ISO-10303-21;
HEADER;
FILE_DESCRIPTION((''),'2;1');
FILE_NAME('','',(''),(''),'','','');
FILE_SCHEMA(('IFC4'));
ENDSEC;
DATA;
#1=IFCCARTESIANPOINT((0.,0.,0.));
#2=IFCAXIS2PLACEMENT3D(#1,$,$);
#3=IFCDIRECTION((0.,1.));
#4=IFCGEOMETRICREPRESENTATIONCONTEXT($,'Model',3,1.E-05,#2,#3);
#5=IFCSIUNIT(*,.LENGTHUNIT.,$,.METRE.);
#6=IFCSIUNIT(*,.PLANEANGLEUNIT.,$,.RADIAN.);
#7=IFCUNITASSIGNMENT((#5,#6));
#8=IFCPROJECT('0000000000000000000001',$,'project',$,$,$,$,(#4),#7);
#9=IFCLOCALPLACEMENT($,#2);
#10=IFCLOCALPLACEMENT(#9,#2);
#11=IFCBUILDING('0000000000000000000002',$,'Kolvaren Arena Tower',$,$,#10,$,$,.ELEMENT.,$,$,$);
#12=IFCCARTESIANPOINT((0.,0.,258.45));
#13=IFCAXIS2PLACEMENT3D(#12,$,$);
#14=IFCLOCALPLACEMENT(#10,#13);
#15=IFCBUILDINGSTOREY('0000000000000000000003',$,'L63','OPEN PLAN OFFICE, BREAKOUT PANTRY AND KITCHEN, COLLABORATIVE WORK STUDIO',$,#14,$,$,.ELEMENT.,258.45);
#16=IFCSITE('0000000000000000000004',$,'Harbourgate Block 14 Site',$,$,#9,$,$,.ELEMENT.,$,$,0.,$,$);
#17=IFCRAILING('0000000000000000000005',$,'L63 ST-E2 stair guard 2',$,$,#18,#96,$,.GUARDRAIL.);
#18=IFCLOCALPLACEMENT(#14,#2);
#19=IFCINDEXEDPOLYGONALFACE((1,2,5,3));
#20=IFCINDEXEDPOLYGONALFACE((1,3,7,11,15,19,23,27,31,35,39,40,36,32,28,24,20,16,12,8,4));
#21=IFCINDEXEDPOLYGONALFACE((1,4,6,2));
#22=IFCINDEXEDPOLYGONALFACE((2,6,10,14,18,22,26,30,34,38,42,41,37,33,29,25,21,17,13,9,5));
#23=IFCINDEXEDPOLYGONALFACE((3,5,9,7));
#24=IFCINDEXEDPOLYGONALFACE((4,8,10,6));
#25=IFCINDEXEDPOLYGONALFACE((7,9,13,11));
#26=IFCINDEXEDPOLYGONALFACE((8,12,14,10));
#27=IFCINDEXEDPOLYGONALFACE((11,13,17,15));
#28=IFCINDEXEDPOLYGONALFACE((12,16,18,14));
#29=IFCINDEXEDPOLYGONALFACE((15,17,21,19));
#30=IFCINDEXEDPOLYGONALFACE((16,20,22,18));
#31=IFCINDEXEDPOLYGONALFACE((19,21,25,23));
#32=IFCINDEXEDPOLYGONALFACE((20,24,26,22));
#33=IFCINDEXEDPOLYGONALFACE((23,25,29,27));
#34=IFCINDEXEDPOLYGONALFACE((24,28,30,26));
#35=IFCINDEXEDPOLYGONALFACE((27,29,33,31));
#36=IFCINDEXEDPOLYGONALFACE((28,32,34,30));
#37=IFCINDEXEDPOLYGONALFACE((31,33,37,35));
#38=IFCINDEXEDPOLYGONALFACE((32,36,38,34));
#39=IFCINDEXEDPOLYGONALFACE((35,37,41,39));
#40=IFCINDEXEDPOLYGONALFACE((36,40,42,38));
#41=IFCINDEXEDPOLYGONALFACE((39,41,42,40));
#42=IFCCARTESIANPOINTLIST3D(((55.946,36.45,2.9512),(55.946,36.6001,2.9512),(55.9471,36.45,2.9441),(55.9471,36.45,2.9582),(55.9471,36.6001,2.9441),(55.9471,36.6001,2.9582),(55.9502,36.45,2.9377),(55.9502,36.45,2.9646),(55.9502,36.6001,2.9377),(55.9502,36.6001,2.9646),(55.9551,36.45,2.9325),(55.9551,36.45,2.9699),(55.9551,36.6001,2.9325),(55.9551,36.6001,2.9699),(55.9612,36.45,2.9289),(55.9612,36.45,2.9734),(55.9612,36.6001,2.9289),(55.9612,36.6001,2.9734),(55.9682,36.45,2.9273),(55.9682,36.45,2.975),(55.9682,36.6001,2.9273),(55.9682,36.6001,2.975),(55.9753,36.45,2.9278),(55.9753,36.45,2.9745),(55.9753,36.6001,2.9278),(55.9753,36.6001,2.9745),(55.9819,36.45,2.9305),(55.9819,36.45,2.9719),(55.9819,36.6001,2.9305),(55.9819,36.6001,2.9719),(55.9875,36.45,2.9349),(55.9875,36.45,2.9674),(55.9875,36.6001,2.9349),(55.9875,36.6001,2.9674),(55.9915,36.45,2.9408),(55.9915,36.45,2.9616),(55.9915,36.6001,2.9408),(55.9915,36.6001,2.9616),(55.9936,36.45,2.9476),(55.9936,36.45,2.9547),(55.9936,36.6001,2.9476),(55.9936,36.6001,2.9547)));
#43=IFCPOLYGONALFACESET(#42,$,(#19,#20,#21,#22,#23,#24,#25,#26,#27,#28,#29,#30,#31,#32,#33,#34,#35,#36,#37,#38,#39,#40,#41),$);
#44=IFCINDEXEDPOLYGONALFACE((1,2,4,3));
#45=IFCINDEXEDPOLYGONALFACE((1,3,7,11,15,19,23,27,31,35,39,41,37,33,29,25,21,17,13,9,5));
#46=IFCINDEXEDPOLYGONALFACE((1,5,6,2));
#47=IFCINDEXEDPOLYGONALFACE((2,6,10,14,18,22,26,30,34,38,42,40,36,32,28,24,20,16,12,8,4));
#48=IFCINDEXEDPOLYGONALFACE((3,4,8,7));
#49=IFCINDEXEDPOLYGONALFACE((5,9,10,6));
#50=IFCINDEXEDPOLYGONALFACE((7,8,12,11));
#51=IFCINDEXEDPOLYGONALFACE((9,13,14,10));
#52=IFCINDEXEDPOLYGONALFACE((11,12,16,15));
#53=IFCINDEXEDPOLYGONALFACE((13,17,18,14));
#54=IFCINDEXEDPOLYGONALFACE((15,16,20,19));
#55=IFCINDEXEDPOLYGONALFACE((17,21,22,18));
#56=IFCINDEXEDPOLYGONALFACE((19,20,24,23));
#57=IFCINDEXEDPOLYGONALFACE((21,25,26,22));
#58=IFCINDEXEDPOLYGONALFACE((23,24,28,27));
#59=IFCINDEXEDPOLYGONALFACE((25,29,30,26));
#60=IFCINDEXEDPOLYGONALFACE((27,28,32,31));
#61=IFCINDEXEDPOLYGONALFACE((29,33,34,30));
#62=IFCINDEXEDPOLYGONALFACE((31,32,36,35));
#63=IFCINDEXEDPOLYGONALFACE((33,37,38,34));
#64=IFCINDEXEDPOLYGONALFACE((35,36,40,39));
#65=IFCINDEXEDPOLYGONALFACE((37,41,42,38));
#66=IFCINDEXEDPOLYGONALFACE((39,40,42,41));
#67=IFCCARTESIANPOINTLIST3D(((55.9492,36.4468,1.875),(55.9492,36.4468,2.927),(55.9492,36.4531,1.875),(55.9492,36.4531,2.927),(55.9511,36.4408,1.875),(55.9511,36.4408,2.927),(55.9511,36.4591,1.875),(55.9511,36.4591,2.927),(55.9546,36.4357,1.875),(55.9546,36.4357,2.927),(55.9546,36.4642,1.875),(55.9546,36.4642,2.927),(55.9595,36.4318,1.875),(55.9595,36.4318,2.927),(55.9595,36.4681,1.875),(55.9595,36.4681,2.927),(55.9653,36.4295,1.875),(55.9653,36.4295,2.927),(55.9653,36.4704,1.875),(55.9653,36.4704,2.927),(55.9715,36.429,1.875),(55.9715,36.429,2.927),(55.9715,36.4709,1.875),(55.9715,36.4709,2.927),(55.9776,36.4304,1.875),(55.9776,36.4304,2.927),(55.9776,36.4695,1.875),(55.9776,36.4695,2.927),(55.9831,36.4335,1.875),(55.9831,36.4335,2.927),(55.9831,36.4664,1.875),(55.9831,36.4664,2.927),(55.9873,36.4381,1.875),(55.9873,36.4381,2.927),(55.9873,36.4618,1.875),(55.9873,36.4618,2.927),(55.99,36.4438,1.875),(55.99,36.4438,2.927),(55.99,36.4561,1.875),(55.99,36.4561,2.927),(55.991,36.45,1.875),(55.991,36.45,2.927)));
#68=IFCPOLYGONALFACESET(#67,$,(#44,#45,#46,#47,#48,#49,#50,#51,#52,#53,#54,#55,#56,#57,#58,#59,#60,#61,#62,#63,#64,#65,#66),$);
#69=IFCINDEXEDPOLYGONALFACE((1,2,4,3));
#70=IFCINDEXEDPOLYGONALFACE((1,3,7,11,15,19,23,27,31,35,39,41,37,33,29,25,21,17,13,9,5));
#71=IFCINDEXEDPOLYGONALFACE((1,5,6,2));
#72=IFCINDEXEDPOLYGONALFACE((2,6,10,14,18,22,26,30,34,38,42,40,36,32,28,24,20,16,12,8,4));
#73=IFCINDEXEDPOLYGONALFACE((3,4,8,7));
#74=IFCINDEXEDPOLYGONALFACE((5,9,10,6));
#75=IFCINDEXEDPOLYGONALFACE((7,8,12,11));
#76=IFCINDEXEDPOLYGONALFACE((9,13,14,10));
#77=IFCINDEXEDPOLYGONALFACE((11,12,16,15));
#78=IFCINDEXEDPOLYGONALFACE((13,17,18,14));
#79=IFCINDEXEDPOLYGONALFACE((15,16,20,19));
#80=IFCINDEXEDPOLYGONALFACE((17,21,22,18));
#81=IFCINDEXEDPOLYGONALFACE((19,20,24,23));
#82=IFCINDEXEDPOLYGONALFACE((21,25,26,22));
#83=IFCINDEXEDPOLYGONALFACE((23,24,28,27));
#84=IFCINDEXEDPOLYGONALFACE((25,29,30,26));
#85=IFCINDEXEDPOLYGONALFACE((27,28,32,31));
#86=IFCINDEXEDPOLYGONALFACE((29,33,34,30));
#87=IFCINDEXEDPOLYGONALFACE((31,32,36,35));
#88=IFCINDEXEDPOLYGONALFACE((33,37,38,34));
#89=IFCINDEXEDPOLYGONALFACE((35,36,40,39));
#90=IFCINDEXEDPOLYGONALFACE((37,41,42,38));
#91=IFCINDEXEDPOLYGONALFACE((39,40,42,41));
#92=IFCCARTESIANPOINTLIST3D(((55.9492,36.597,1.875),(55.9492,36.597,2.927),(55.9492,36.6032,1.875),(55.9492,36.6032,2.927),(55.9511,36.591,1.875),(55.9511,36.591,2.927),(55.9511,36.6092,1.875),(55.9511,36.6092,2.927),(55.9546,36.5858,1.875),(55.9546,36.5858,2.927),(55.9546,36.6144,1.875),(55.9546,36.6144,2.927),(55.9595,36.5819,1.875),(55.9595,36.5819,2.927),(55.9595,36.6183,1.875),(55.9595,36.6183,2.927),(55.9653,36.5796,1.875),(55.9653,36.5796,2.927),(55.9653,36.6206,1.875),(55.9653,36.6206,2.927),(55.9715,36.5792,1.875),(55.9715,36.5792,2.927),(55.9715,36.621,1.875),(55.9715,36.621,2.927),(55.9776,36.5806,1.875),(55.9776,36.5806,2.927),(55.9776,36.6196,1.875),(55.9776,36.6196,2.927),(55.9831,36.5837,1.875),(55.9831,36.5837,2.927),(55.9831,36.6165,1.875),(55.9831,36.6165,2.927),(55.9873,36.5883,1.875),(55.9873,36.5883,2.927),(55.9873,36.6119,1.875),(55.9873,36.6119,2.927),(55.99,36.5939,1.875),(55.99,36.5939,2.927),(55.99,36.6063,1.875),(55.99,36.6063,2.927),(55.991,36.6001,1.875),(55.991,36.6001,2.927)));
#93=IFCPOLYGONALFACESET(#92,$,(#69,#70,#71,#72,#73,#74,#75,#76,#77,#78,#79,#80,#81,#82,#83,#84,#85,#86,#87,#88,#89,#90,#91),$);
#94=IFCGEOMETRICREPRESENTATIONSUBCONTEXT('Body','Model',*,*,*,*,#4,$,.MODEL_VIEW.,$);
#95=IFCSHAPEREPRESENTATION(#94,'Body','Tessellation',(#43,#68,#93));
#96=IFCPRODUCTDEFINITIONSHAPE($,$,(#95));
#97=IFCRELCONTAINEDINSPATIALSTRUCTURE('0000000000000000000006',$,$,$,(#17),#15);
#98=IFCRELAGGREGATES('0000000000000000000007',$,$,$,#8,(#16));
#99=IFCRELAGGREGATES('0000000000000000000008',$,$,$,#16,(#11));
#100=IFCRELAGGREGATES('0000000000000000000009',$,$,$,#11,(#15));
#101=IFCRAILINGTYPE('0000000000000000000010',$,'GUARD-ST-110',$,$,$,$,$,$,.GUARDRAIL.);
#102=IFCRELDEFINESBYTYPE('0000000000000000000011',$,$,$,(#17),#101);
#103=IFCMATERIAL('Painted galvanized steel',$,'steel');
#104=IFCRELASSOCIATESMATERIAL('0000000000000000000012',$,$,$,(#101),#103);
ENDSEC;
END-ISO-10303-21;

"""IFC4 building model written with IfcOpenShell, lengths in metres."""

from ifc_helpers import new_model, si_unit, direction, frame, origin, origin_2d, place, context, subcontext, project, spatial, circle, extrude, material, type_object, element, save


model = new_model("IFC4")

# Units and contexts
model_context = context("Model", 3, precision=1e-05, world=origin(), true_north=direction((0.0, 1.0)))
body_context = subcontext(model_context, "Body", "Model", "MODEL_VIEW")
ifc_project = project(units=[si_unit("LENGTHUNIT", "METRE"), si_unit("PLANEANGLEUNIT", "RADIAN")], contexts=[model_context])

# Site, building, storey
site_placement = place(None, origin())
site = spatial("IfcSite", under=ifc_project, at=site_placement, Name="Harbourgate Block 14 Site", CompositionType="ELEMENT", RefElevation=0.0)
building_placement = place(site_placement, origin())
building = spatial("IfcBuilding", under=site, at=building_placement, Name="Kolvaren Arena Tower", CompositionType="ELEMENT")
storey_placement = place(building_placement, frame((0.0, 0.0, 258.45)))
storey = spatial("IfcBuildingStorey", under=building, at=storey_placement, Name="L63", Description="OPEN PLAN OFFICE, BREAKOUT PANTRY AND KITCHEN, COLLABORATIVE WORK STUDIO", CompositionType="ELEMENT", Elevation=258.45)

# Railing
ifc_material_1 = material(Name="Painted galvanized steel", Category="steel")
railing_type_1 = type_object("IfcRailingType", Name="GUARD-ST-110", PredefinedType="GUARDRAIL", material=ifc_material_1)
railing_1_placement = place(storey_placement, frame((55.97, 36.45, 1.875)))
element("IfcRailing", 1, at=railing_1_placement, inside=storey, type_object=railing_type_1, Name="L63 ST-E2 stair guard 2", PredefinedType="GUARDRAIL", context=body_context, shape_type="SweptSolid", body=[
    extrude(circle(Radius=0.0239, at=origin_2d()), frame((0.0, 0.0, 1.0762), z_axis=(0.0, 1.0, 0.0), x_axis=(-1.0, 0.0, 0.0)), (0.0, 0.0, 1.0), 0.1501),
    extrude(circle(Radius=0.021, at=origin_2d()), origin(), (0.0, 0.0, 1.0), 1.052),
    extrude(circle(Radius=0.021, at=origin_2d()), frame((0.0, 0.1501, 0.0)), (0.0, 0.0, 1.0), 1.052),
])

save(model, "model.ifc")
